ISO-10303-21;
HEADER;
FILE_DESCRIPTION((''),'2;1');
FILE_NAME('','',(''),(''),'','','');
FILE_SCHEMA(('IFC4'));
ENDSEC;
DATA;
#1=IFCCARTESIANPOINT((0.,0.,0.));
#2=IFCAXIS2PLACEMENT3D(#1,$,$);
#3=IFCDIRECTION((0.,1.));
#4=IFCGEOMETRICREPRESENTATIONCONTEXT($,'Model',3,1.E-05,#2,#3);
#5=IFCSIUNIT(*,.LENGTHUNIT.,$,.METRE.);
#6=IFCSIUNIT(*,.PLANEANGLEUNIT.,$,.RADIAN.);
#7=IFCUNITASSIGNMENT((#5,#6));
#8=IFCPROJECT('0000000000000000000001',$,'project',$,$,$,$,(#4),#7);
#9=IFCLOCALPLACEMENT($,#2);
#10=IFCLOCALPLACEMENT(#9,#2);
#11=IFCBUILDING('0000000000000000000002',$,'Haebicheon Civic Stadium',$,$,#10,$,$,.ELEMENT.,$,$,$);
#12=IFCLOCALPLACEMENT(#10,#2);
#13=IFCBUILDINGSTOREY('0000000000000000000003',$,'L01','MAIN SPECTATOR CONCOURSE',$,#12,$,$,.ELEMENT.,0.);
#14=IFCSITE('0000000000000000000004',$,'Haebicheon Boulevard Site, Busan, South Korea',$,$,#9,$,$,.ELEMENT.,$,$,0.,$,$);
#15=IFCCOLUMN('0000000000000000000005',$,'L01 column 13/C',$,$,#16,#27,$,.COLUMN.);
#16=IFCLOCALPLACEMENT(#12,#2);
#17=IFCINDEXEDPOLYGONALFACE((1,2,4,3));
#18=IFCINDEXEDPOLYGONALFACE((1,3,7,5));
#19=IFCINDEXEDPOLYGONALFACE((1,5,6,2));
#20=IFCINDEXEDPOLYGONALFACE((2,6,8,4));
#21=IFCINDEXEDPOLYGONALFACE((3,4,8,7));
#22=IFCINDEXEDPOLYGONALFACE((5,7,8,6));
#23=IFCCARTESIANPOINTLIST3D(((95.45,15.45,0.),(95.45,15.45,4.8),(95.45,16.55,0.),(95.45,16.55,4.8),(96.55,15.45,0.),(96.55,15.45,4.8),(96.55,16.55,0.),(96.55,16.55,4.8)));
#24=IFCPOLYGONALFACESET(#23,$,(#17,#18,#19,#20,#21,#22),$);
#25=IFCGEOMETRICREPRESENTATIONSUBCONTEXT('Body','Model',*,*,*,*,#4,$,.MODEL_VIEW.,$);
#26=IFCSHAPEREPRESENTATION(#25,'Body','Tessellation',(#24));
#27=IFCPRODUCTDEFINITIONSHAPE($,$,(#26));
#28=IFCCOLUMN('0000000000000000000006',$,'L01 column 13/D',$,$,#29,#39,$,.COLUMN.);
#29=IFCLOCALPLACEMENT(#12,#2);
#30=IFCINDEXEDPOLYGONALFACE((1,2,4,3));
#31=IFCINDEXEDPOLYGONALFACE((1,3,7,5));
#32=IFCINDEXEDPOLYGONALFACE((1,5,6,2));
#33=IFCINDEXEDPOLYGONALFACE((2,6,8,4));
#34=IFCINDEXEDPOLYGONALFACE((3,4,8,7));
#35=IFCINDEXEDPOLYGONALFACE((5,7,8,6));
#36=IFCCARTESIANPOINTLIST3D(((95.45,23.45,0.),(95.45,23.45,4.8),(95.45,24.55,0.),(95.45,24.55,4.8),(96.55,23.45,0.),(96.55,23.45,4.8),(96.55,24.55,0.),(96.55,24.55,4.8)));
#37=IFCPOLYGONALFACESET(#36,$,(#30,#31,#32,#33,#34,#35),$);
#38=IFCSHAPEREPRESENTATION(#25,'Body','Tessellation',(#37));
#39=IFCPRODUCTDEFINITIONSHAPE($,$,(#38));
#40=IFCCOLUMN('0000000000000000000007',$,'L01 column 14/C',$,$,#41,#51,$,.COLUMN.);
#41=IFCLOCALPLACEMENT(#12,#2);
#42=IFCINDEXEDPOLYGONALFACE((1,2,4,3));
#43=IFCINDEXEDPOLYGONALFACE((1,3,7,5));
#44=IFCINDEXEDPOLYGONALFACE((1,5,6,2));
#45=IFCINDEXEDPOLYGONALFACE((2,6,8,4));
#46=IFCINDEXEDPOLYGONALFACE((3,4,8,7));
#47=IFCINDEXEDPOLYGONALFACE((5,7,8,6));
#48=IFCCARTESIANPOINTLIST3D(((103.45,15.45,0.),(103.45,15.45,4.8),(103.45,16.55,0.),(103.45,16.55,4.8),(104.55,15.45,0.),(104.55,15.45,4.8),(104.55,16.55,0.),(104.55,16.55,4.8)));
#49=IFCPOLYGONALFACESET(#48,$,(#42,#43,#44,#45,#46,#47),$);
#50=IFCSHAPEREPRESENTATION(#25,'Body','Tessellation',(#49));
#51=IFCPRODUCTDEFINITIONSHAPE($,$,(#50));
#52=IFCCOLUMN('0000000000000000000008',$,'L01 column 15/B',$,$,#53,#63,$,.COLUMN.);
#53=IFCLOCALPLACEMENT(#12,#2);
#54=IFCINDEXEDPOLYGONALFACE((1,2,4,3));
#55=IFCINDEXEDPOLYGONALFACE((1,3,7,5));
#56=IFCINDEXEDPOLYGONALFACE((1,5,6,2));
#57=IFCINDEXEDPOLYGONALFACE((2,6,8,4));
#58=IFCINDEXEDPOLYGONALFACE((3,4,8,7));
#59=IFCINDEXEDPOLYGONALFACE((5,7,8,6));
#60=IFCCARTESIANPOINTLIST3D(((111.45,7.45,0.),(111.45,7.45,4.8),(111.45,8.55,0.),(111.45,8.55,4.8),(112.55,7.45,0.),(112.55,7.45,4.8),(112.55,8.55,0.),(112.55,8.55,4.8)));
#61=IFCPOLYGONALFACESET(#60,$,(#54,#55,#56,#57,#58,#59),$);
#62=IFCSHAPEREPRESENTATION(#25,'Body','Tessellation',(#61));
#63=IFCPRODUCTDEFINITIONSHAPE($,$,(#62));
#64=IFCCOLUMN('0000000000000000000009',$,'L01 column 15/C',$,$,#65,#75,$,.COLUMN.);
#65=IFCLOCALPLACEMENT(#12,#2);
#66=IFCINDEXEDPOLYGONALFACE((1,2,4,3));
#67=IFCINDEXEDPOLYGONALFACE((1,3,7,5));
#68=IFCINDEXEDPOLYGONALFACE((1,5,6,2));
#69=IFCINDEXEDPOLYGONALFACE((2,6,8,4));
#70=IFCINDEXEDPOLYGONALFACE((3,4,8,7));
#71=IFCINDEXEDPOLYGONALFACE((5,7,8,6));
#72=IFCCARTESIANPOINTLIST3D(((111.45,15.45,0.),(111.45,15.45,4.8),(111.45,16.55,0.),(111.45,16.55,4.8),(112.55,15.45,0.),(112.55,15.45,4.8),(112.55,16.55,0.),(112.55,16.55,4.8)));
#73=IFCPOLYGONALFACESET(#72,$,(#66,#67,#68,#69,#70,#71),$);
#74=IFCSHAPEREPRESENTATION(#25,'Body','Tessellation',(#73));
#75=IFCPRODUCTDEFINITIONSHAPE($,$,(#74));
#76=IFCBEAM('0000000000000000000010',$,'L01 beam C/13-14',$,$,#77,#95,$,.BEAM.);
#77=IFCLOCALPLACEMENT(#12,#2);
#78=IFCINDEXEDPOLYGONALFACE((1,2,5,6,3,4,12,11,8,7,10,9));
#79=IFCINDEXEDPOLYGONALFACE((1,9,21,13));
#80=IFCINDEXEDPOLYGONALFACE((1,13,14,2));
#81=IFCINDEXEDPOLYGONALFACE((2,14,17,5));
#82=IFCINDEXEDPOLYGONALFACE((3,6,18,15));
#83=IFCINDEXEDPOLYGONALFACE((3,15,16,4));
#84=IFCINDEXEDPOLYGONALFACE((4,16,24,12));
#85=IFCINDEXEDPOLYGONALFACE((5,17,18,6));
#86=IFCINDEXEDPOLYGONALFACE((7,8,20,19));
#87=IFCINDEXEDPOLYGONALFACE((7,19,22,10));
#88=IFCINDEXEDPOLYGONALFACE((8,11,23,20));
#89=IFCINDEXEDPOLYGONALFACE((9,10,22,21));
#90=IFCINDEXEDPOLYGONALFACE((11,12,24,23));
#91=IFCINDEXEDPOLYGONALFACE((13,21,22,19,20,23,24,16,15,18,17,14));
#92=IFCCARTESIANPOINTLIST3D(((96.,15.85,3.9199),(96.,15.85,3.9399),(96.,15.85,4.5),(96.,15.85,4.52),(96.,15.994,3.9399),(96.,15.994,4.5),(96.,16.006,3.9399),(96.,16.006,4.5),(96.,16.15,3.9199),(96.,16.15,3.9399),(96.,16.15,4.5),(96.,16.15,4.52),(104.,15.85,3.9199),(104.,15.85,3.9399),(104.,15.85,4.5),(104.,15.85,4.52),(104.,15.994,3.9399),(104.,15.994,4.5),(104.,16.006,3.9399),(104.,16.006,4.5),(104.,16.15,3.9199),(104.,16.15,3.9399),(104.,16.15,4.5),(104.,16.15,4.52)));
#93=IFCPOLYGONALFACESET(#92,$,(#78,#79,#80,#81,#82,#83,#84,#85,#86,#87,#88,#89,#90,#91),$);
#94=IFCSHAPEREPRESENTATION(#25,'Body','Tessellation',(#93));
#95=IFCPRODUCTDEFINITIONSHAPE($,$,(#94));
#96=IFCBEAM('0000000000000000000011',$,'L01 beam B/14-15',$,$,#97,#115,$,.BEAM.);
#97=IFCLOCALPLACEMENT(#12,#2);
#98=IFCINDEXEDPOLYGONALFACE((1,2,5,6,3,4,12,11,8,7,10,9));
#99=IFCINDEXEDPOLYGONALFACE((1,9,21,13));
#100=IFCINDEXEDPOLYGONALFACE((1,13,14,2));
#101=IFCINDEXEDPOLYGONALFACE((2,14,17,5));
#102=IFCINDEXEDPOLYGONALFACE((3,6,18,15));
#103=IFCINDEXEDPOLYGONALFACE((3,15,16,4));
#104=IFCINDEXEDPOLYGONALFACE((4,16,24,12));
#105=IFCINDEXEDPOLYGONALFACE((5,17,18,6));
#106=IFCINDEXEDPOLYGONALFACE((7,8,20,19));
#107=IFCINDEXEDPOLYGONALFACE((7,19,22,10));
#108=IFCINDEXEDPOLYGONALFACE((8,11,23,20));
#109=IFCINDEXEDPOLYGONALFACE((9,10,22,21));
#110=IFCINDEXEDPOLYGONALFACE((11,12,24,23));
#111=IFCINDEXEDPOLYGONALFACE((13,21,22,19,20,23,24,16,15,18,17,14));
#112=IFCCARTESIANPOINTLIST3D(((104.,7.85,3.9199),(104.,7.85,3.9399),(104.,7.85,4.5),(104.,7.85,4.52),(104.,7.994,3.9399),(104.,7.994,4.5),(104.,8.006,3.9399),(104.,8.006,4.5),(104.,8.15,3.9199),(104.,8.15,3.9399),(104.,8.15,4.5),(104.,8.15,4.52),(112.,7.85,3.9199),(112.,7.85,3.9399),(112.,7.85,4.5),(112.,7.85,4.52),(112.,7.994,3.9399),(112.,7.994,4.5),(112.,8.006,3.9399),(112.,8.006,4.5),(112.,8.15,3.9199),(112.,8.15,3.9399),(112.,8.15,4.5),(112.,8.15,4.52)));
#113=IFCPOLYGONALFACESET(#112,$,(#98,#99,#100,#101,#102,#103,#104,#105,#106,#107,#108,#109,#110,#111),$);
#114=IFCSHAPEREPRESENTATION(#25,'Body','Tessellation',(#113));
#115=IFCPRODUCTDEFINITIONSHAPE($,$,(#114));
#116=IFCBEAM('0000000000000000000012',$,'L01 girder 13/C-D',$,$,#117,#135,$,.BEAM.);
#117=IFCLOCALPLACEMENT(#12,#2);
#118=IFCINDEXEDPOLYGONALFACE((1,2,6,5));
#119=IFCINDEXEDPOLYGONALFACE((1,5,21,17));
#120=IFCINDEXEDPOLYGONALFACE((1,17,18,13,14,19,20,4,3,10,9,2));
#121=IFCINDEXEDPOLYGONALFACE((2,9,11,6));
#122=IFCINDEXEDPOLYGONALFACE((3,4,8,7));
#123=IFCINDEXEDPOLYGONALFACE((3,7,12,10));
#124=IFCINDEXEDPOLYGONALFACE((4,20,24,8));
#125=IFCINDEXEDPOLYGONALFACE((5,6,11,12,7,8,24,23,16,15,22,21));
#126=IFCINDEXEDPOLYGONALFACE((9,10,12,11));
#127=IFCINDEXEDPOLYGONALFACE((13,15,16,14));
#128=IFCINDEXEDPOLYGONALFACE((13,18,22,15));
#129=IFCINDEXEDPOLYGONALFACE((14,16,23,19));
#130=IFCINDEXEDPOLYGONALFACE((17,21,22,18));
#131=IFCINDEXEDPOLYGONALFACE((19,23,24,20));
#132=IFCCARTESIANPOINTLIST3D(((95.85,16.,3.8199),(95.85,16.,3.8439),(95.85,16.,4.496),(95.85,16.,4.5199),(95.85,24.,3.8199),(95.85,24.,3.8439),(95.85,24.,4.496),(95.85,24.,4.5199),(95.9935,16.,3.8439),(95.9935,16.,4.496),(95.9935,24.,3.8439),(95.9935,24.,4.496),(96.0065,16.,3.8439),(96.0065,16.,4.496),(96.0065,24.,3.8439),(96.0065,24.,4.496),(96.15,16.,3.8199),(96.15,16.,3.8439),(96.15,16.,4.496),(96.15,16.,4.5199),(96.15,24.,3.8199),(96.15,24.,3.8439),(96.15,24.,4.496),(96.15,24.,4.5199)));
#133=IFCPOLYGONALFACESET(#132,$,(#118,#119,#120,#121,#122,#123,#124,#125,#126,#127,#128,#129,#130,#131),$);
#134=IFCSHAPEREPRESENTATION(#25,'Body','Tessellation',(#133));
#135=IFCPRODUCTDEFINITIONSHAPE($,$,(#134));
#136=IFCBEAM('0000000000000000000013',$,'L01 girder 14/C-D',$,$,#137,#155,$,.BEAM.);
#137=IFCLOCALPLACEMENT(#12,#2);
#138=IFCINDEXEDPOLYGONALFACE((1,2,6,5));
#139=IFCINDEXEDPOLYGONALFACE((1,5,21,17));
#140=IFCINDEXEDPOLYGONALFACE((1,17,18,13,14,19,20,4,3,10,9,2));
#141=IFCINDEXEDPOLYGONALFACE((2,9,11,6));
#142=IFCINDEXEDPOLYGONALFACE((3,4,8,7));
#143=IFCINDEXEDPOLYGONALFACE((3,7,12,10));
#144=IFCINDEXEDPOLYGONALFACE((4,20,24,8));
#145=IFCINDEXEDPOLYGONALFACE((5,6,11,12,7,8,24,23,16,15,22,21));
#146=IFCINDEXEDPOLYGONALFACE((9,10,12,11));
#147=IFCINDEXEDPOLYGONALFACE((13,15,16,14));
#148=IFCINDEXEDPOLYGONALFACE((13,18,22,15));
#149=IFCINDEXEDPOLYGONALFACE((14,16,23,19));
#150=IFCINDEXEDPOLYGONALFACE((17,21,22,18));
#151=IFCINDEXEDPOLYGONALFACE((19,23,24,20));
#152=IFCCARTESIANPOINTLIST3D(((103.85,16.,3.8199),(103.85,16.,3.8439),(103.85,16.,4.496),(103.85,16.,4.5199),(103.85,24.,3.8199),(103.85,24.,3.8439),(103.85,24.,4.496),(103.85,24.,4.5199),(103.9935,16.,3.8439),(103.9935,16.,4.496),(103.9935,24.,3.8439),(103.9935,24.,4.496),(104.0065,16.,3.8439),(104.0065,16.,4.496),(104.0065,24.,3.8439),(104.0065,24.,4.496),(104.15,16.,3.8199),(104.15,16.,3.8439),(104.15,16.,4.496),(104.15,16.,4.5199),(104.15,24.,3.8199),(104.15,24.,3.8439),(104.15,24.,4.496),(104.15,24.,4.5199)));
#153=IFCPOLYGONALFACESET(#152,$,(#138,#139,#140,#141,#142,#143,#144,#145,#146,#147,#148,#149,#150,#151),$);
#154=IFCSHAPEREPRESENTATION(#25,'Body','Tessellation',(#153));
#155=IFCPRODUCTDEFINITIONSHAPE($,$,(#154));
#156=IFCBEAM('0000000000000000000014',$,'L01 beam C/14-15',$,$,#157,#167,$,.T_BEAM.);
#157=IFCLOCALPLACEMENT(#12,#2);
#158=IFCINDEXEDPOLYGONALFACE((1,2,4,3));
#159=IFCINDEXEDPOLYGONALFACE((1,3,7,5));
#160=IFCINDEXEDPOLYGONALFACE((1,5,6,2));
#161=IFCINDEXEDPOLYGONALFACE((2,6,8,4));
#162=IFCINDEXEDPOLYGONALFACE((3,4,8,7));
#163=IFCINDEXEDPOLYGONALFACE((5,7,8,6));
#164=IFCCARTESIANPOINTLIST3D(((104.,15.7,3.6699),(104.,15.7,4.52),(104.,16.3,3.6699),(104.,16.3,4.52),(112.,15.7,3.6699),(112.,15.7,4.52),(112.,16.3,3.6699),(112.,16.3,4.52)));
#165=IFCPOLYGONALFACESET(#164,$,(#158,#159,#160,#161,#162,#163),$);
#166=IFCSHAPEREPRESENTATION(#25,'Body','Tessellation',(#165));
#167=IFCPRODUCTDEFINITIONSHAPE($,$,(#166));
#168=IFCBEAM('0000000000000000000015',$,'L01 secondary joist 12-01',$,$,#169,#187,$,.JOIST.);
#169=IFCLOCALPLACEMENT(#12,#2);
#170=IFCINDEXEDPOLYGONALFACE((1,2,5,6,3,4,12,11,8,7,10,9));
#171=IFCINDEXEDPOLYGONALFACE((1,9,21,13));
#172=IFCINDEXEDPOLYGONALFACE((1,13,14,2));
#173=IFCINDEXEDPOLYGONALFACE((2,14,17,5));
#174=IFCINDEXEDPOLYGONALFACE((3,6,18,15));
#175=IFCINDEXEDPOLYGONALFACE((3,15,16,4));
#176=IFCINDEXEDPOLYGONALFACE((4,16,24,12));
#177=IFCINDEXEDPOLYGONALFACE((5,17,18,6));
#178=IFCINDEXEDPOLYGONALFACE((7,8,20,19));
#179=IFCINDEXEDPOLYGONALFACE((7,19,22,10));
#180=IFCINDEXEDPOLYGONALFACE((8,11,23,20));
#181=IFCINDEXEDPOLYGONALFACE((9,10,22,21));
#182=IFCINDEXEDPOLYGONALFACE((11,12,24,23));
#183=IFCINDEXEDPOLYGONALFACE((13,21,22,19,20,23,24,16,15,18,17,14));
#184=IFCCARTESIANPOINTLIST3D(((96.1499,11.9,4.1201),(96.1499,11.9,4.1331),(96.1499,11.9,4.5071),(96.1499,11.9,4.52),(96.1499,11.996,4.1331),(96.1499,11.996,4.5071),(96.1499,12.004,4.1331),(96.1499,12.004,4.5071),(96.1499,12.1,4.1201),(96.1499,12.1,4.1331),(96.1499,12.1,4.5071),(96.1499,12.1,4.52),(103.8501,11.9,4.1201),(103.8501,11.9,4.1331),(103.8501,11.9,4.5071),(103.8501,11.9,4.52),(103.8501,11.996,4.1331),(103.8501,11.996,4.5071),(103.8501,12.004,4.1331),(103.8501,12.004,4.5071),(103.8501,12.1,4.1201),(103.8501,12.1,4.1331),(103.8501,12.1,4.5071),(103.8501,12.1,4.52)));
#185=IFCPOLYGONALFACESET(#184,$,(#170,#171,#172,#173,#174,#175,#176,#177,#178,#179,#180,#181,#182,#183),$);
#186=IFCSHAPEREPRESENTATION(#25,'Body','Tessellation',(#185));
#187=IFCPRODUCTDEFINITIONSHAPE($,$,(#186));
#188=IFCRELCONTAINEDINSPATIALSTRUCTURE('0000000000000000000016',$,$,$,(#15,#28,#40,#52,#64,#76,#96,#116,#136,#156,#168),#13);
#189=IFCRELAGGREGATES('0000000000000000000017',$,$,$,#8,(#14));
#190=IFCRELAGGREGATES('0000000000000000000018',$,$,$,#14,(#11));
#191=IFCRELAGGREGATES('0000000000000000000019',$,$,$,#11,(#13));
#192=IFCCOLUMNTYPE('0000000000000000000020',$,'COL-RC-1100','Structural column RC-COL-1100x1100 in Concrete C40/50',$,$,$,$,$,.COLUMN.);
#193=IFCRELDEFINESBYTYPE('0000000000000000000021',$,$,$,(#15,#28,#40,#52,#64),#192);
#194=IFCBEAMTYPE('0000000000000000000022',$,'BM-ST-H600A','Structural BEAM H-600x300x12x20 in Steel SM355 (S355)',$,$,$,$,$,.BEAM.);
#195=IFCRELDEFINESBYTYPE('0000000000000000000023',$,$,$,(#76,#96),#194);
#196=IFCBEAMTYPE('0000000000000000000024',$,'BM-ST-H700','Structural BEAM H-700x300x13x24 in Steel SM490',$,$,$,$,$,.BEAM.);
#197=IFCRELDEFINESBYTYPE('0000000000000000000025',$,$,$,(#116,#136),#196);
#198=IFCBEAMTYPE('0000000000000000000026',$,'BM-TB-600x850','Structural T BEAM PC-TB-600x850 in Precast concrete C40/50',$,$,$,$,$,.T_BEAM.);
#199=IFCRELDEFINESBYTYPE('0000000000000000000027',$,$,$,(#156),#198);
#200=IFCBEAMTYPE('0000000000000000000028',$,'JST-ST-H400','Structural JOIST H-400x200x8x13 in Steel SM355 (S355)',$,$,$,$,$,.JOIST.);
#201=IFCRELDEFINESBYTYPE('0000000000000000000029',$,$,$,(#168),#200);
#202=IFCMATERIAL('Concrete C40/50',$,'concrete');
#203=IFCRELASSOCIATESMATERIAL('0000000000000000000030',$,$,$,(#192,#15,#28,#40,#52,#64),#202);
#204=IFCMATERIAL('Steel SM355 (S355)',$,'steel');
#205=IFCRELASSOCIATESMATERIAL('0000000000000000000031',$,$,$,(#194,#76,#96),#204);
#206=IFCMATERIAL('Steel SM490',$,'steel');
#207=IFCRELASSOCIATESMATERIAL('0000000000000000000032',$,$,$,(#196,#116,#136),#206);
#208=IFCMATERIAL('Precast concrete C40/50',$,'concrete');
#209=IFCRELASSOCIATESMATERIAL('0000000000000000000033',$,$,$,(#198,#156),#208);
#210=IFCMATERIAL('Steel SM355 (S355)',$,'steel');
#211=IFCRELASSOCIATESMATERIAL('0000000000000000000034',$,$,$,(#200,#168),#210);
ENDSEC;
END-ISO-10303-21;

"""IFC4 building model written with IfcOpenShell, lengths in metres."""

from ifc_helpers import new_model, si_unit, direction, frame, origin, origin_2d, place, context, subcontext, project, spatial, rectangle, i_section, extrude, material, material_profile, profile_set, type_object, element, save


model = new_model("IFC4")

# Units and contexts
model_context = context("Model", 3, precision=1e-05, world=origin(), true_north=direction((0.0, 1.0)))
body_context = subcontext(model_context, "Body", "Model", "MODEL_VIEW")
ifc_project = project(units=[si_unit("LENGTHUNIT", "METRE"), si_unit("PLANEANGLEUNIT", "RADIAN")], contexts=[model_context])

# Site, building, storey
site_placement = place(None, origin())
site = spatial("IfcSite", under=ifc_project, at=site_placement, Name="Haebicheon Boulevard Site, Busan, South Korea", CompositionType="ELEMENT", RefElevation=0.0)
building_placement = place(site_placement, origin())
building = spatial("IfcBuilding", under=site, at=building_placement, Name="Haebicheon Civic Stadium", CompositionType="ELEMENT")
storey_placement = place(building_placement, origin())
storey = spatial("IfcBuildingStorey", under=building, at=storey_placement, Name="L01", Description="MAIN SPECTATOR CONCOURSE", CompositionType="ELEMENT", Elevation=0.0)

# Columns
ifc_material_1 = material(Name="Concrete C40/50", Category="concrete")
ifc_material_profile_1 = material_profile(ifc_material_1, rectangle(XDim=1.1001, YDim=1.1001, at=origin_2d()), Name="RC-COL-1100x1100")
ifc_profile_set_1 = profile_set([ifc_material_profile_1], Name="Concrete C40/50")
column_type = type_object("IfcColumnType", Name="COL-RC-1100", Description="Structural column RC-COL-1100x1100 in Concrete C40/50", PredefinedType="COLUMN", material=ifc_profile_set_1)
for number, where, z_axis, x_axis, name in (
    (1, (96.0, 16.0, 0.0), (0.0, 0.0, 1.0), (1.0, 0.0, 0.0), "L01 column 13/C"),
    (2, (96.0, 24.0, 0.0), (0.0, 0.0, 1.0), (1.0, 0.0, 0.0), "L01 column 13/D"),
    (3, (104.0, 16.0, 0.0), (0.0, 0.0, 1.0), (1.0, 0.0, 0.0), "L01 column 14/C"),
    (4, (112.0, 8.0, 0.0), (0.0, 0.0, 1.0), (1.0, 0.0, 0.0), "L01 column 15/B"),
    (5, (112.0, 16.0, 0.0), (0.0, 0.0, 1.0), (1.0, 0.0, 0.0), "L01 column 15/C"),
):
    element("IfcColumn", number, at=place(storey_placement, frame(where, z_axis=z_axis, x_axis=x_axis)), inside=storey, type_object=column_type, material=ifc_profile_set_1, Name=name, PredefinedType="COLUMN", context=body_context, shape_type="SweptSolid", body=[
        extrude(rectangle(XDim=1.1001, YDim=1.1001, at=origin_2d()), origin(), (0.0, 0.0, 1.0), 4.8),
    ])

# Beams
ifc_material_2 = material(Name="Steel SM355 (S355)", Category="steel")
ifc_material_profile_2 = material_profile(ifc_material_2, i_section(OverallWidth=0.3, OverallDepth=0.6001, WebThickness=0.012, FlangeThickness=0.02, at=origin_2d()), Name="H-600x300x12x20")
ifc_profile_set_2 = profile_set([ifc_material_profile_2], Name="Steel SM355 (S355)")
beam_type_1 = type_object("IfcBeamType", Name="BM-ST-H600A", Description="Structural BEAM H-600x300x12x20 in Steel SM355 (S355)", PredefinedType="BEAM", material=ifc_profile_set_2)
for number, where, z_axis, x_axis, name in (
    (6, (96.0, 16.0, 4.22), (1.0, 0.0, 0.0), (0.0, 1.0, 0.0), "L01 beam C/13-14"),
    (7, (104.0, 8.0, 4.22), (1.0, 0.0, 0.0), (0.0, 1.0, 0.0), "L01 beam B/14-15"),
):
    element("IfcBeam", number, at=place(storey_placement, frame(where, z_axis=z_axis, x_axis=x_axis)), inside=storey, type_object=beam_type_1, material=ifc_profile_set_2, Name=name, PredefinedType="BEAM", context=body_context, shape_type="SweptSolid", body=[
        extrude(i_section(OverallWidth=0.3, OverallDepth=0.6001, WebThickness=0.012, FlangeThickness=0.02, at=origin_2d()), origin(), (0.0, 0.0, 1.0), 8.0),
    ])
ifc_material_3 = material(Name="Steel SM490", Category="steel")
ifc_material_profile_3 = material_profile(ifc_material_3, i_section(OverallWidth=0.3, OverallDepth=0.7, WebThickness=0.0129, FlangeThickness=0.0239, at=origin_2d()), Name="H-700x300x13x24")
ifc_profile_set_3 = profile_set([ifc_material_profile_3], Name="Steel SM490")
beam_type_2 = type_object("IfcBeamType", Name="BM-ST-H700", Description="Structural BEAM H-700x300x13x24 in Steel SM490", PredefinedType="BEAM", material=ifc_profile_set_3)
for number, where, z_axis, x_axis, name in (
    (8, (96.0, 16.0, 4.1699), (0.0, 1.0, 0.0), (-1.0, 0.0, 0.0), "L01 girder 13/C-D"),
    (9, (104.0, 16.0, 4.1699), (0.0, 1.0, 0.0), (-1.0, 0.0, 0.0), "L01 girder 14/C-D"),
):
    element("IfcBeam", number, at=place(storey_placement, frame(where, z_axis=z_axis, x_axis=x_axis)), inside=storey, type_object=beam_type_2, material=ifc_profile_set_3, Name=name, PredefinedType="BEAM", context=body_context, shape_type="SweptSolid", body=[
        extrude(i_section(OverallWidth=0.3, OverallDepth=0.7, WebThickness=0.0129, FlangeThickness=0.0239, at=origin_2d()), origin(), (0.0, 0.0, 1.0), 8.0),
    ])
ifc_material_4 = material(Name="Precast concrete C40/50", Category="concrete")
ifc_material_profile_4 = material_profile(ifc_material_4, rectangle(XDim=0.6001, YDim=0.8501, at=origin_2d()), Name="PC-TB-600x850")
ifc_profile_set_4 = profile_set([ifc_material_profile_4], Name="Precast concrete C40/50")
beam_type_3 = type_object("IfcBeamType", Name="BM-TB-600x850", Description="Structural T BEAM PC-TB-600x850 in Precast concrete C40/50", PredefinedType="T_BEAM", material=ifc_profile_set_4)
beam_placement = place(storey_placement, frame((104.0, 16.0, 4.095), z_axis=(1.0, 0.0, 0.0), x_axis=(0.0, 1.0, 0.0)))
element("IfcBeam", 10, at=beam_placement, inside=storey, type_object=beam_type_3, material=ifc_profile_set_4, Name="L01 beam C/14-15", PredefinedType="T_BEAM", context=body_context, shape_type="SweptSolid", body=[
    extrude(rectangle(XDim=0.6001, YDim=0.8501, at=origin_2d()), origin(), (0.0, 0.0, 1.0), 8.0),
])
ifc_material_5 = material(Name="Steel SM355 (S355)", Category="steel")
ifc_material_profile_5 = material_profile(ifc_material_5, i_section(OverallWidth=0.2, OverallDepth=0.3999, WebThickness=0.0081, FlangeThickness=0.0129, at=origin_2d()), Name="H-400x200x8x13")
ifc_profile_set_5 = profile_set([ifc_material_profile_5], Name="Steel SM355 (S355)")
beam_type_4 = type_object("IfcBeamType", Name="JST-ST-H400", Description="Structural JOIST H-400x200x8x13 in Steel SM355 (S355)", PredefinedType="JOIST", material=ifc_profile_set_5)
for number, where, z_axis, x_axis, name in (
    (11, (96.1499, 12.0, 4.3201), (1.0, 0.0, 0.0), (0.0, 1.0, 0.0), "L01 secondary joist 12-01"),
):
    element("IfcBeam", number, at=place(storey_placement, frame(where, z_axis=z_axis, x_axis=x_axis)), inside=storey, type_object=beam_type_4, material=ifc_profile_set_5, Name=name, PredefinedType="JOIST", context=body_context, shape_type="SweptSolid", body=[
        extrude(i_section(OverallWidth=0.2, OverallDepth=0.3999, WebThickness=0.0081, FlangeThickness=0.0129, at=origin_2d()), origin(), (0.0, 0.0, 1.0), 7.7002),
    ])

save(model, "model.ifc")
